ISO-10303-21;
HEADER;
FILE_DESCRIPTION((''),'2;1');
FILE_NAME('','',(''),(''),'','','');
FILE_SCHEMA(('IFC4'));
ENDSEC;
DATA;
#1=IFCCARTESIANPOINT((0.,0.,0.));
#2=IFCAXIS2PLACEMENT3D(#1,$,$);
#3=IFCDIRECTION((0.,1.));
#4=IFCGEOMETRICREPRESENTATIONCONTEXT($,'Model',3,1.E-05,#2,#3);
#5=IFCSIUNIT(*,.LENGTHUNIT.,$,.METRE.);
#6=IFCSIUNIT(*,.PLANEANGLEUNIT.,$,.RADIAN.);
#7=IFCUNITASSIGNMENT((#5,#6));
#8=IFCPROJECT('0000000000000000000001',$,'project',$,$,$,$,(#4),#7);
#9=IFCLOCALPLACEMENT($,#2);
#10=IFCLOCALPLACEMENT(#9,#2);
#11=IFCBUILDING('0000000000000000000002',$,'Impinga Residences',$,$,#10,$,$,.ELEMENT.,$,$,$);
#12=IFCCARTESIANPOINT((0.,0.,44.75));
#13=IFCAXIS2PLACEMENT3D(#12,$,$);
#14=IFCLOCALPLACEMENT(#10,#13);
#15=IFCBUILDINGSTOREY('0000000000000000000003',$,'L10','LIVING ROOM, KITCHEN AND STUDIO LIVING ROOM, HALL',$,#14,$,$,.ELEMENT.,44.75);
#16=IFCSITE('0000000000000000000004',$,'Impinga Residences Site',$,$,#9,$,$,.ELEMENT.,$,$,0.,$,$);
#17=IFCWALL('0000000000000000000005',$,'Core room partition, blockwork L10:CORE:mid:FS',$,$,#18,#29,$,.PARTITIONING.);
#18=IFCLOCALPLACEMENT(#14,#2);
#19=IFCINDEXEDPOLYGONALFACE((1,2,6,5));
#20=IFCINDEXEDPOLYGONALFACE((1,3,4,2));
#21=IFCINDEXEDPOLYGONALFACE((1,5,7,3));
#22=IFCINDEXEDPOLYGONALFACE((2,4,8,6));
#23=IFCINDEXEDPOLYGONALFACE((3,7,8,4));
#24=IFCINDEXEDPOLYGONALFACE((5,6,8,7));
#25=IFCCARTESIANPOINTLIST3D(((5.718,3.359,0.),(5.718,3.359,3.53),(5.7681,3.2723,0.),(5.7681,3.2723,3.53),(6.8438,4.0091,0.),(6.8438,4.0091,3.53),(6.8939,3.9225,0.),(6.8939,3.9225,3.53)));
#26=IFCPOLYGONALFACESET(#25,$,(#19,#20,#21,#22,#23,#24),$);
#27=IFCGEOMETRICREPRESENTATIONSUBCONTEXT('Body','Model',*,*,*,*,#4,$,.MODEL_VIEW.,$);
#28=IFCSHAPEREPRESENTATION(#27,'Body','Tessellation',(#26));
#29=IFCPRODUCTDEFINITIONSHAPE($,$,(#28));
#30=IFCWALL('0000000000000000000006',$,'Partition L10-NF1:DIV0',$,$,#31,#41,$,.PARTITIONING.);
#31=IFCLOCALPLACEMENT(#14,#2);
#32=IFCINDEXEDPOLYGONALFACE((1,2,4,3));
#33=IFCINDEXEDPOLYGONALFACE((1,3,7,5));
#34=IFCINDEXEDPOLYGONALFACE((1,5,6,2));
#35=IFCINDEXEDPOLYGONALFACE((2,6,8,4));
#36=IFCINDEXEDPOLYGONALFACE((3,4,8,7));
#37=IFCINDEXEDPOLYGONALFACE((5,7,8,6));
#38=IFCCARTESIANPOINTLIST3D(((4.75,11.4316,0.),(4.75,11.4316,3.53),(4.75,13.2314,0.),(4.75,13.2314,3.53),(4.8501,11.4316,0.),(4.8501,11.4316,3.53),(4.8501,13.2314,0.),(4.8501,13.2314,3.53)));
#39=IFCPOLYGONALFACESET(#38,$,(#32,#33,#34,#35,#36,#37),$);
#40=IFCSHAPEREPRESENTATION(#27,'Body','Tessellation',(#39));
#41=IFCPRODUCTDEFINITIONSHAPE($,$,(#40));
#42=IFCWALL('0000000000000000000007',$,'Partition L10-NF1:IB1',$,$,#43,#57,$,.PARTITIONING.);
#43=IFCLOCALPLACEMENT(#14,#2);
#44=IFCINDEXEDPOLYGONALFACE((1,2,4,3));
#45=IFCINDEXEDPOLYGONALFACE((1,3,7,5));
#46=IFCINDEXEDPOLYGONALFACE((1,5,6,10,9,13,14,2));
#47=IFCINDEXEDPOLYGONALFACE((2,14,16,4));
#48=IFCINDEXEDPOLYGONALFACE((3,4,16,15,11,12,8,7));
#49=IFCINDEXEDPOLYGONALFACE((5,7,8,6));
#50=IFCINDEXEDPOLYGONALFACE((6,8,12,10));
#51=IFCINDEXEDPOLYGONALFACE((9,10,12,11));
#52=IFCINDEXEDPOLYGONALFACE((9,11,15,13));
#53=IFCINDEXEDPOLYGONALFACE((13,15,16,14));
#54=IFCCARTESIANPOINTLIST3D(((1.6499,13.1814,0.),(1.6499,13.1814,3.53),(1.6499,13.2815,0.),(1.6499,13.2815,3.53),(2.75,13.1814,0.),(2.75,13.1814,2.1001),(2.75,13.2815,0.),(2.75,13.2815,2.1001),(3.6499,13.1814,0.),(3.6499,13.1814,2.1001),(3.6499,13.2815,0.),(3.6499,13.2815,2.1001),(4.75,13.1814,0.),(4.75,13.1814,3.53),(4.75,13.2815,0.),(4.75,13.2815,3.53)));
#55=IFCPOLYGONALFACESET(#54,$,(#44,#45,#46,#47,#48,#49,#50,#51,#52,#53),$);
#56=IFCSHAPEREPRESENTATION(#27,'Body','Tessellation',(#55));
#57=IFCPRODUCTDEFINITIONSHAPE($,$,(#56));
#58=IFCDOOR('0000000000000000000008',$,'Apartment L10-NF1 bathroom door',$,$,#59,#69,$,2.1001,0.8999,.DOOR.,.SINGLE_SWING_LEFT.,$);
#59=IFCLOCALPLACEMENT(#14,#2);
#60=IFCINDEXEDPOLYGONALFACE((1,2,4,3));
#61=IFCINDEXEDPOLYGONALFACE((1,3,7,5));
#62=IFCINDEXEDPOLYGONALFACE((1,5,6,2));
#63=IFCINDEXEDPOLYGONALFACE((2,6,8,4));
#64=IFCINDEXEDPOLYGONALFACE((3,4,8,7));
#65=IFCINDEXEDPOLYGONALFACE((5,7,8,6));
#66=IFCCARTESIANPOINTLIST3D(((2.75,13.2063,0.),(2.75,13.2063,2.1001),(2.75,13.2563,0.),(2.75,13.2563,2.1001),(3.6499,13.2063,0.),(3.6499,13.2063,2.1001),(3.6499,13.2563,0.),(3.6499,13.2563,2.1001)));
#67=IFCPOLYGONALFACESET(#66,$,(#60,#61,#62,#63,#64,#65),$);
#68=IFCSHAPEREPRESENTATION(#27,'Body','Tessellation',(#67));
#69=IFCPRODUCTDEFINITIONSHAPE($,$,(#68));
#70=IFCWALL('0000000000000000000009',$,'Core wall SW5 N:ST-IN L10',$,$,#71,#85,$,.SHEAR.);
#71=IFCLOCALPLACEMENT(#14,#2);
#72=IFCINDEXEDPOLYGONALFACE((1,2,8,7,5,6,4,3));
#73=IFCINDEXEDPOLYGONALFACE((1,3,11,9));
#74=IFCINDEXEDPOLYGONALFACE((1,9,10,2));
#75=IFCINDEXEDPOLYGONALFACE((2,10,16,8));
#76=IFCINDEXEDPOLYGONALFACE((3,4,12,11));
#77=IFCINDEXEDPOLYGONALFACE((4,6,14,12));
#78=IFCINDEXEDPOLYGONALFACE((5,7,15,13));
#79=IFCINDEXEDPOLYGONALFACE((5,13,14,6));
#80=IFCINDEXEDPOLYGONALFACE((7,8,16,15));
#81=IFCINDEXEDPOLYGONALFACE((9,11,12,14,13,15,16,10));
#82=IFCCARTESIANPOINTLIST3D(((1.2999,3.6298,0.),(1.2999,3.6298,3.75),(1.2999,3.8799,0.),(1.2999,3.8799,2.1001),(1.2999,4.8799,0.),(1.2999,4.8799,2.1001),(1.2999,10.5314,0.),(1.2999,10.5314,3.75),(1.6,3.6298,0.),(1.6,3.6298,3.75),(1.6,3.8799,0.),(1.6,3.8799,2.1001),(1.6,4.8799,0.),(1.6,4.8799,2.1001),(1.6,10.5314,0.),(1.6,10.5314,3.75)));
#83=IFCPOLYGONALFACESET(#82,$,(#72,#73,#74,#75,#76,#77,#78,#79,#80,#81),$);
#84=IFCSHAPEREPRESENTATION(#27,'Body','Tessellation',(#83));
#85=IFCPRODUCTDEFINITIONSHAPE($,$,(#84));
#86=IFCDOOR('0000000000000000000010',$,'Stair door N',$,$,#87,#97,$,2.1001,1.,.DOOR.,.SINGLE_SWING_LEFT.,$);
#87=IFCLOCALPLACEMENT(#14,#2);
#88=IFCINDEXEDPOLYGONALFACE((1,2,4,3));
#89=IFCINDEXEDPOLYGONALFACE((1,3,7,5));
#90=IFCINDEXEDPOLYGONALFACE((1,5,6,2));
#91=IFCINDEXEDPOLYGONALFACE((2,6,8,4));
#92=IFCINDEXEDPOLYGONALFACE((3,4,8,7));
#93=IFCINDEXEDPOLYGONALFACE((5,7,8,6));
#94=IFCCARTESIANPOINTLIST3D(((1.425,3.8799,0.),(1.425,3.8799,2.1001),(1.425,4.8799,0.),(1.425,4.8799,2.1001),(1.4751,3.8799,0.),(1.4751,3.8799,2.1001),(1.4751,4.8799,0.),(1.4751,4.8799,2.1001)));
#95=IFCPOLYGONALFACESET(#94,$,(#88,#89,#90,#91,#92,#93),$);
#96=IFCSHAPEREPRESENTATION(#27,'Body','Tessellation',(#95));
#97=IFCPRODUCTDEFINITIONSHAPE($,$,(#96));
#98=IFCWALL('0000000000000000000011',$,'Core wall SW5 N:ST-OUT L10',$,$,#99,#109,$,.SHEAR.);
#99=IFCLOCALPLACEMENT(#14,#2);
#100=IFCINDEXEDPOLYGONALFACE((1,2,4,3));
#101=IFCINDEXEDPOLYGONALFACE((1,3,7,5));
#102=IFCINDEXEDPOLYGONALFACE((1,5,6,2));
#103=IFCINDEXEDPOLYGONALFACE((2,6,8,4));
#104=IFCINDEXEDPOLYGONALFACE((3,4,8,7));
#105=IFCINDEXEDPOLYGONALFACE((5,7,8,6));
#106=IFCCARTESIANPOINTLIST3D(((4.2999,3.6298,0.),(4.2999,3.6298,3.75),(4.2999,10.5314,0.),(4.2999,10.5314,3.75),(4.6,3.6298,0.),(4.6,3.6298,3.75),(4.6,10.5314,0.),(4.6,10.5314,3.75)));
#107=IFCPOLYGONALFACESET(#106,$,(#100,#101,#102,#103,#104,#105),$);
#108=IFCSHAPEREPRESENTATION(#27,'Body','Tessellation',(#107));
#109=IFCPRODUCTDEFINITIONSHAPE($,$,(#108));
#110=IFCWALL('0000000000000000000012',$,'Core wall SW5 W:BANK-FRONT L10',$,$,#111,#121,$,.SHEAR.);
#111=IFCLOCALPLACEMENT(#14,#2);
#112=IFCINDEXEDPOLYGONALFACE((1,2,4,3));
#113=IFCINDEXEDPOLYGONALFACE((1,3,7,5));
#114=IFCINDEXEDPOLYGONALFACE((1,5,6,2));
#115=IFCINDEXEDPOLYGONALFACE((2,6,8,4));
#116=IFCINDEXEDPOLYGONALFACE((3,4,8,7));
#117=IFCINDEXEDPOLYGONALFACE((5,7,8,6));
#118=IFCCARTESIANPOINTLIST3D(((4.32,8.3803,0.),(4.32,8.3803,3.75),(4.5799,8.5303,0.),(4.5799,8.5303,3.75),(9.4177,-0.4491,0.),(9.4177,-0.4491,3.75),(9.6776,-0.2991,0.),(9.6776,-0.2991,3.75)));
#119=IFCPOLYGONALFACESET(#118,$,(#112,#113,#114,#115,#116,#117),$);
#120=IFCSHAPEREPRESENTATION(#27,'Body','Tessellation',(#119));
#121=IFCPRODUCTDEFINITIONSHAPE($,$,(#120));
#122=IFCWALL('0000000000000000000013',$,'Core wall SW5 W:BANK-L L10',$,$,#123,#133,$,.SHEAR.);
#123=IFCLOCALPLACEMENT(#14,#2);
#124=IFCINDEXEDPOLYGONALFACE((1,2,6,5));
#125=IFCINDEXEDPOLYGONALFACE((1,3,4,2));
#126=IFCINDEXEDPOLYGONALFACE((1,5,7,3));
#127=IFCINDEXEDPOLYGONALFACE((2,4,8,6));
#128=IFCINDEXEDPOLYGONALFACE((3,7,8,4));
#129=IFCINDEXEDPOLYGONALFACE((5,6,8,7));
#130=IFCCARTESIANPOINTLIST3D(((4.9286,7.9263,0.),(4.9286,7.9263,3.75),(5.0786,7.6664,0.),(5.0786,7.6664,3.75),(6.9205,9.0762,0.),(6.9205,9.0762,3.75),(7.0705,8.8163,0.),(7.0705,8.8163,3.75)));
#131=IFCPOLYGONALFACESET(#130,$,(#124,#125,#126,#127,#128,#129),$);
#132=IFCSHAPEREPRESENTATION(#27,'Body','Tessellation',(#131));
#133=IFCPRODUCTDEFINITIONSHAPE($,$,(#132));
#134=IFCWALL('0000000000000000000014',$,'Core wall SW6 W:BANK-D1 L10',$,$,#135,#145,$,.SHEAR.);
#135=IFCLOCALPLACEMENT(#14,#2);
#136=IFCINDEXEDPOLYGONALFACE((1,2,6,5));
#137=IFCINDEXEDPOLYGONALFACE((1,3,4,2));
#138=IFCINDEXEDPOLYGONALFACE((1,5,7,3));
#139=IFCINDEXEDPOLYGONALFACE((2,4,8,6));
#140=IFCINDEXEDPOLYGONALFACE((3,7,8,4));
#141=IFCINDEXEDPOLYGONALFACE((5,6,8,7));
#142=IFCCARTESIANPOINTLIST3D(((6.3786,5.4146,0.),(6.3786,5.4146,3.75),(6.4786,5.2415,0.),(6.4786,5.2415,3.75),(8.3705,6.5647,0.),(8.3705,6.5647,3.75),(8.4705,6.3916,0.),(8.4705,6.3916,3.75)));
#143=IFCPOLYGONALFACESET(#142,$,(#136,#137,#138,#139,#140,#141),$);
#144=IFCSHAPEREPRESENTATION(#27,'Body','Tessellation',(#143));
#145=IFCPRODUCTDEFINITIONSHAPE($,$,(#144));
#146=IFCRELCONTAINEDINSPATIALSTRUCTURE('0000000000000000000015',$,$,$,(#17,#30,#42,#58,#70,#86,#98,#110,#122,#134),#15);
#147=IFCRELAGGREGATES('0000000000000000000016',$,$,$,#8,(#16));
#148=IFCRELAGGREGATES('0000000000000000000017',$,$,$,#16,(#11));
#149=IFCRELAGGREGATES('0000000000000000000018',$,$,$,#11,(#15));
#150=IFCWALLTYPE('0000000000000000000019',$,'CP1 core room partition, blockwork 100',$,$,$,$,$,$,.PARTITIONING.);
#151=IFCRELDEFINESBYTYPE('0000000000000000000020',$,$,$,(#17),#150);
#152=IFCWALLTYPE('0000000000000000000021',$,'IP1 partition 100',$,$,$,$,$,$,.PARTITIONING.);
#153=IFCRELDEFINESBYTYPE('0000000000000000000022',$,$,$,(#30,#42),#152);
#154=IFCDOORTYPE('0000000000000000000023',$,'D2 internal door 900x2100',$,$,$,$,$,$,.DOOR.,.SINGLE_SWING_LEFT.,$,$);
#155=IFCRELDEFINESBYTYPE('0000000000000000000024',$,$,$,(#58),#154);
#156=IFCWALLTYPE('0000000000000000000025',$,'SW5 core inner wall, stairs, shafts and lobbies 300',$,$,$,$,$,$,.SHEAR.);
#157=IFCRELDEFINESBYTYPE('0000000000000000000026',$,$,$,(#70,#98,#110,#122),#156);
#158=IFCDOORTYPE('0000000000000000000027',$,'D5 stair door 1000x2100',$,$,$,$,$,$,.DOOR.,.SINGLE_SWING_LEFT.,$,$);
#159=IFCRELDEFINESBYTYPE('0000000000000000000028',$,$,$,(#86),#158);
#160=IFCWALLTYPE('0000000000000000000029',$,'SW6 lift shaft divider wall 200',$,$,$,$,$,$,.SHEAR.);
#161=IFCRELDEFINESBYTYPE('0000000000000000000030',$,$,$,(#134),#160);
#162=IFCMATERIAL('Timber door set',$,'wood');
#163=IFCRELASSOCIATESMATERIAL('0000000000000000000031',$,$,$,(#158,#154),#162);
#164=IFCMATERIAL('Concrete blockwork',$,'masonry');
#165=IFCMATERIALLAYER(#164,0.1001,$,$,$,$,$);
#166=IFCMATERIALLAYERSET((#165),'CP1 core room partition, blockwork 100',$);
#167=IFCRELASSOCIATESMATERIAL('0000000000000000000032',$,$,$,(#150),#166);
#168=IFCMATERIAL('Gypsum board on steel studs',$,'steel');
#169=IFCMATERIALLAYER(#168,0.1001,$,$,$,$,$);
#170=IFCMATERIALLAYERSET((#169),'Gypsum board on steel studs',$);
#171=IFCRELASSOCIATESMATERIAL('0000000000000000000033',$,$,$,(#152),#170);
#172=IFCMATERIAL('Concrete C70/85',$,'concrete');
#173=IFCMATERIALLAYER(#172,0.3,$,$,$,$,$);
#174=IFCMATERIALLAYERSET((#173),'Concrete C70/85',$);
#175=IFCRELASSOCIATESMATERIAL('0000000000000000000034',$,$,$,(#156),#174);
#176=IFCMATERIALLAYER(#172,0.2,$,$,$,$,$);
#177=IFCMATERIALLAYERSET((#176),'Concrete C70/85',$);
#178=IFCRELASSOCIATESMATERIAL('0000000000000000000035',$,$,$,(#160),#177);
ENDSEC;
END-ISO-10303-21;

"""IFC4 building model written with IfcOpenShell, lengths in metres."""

from ifc_helpers import new_model, si_unit, direction, frame, frame_2d, origin, place, context, subcontext, project, spatial, rectangle, extrude, material, layer, layer_set, type_object, element, fill, save


model = new_model("IFC4")

# Units and contexts
model_context = context("Model", 3, precision=1e-05, world=origin(), true_north=direction((0.0, 1.0)))
body_context = subcontext(model_context, "Body", "Model", "MODEL_VIEW")
ifc_project = project(units=[si_unit("LENGTHUNIT", "METRE"), si_unit("PLANEANGLEUNIT", "RADIAN")], contexts=[model_context])

# Site, building, storey
site_placement = place(None, origin())
site = spatial("IfcSite", under=ifc_project, at=site_placement, Name="Impinga Residences Site", CompositionType="ELEMENT", RefElevation=0.0)
building_placement = place(site_placement, origin())
building = spatial("IfcBuilding", under=site, at=building_placement, Name="Impinga Residences", CompositionType="ELEMENT")
storey_placement = place(building_placement, frame((0.0, 0.0, 44.75)))
storey = spatial("IfcBuildingStorey", under=building, at=storey_placement, Name="L10", Description="LIVING ROOM, KITCHEN AND STUDIO LIVING ROOM, HALL", CompositionType="ELEMENT", Elevation=44.75)

# Shared definitions
ifc_material_1 = material(Name="Concrete C70/85", Category="concrete")
ifc_material_2 = material(Name="Timber door set", Category="wood")
door_type_1 = type_object("IfcDoorType", Name="D5 stair door 1000x2100", OperationType="SINGLE_SWING_LEFT", PredefinedType="DOOR", material=ifc_material_2)
ifc_material_3 = material(Name="Concrete blockwork", Category="masonry")
ifc_layer_1 = layer(ifc_material_3, 0.1001)
ifc_layer_set_1 = layer_set([ifc_layer_1], Name="CP1 core room partition, blockwork 100")
wall_type_1 = type_object("IfcWallType", Name="CP1 core room partition, blockwork 100", PredefinedType="PARTITIONING", material=ifc_layer_set_1)

# Walls
wall_1_placement = place(storey_placement, frame((5.7432, 3.3157, 0.0), z_axis=(0.0, 0.0, 1.0), x_axis=(0.865957, 0.500118, 0.0)))
element("IfcWall", 1, at=wall_1_placement, inside=storey, type_object=wall_type_1, Name="Core room partition, blockwork L10:CORE:mid:FS", PredefinedType="PARTITIONING", context=body_context, shape_type="SweptSolid", body=[
    extrude(rectangle(XDim=1.3, YDim=0.1001, at=frame_2d((0.6499, 0.0))), origin(), (0.0, 0.0, 1.0), 3.53),
])
ifc_material_4 = material(Name="Gypsum board on steel studs", Category="steel")
ifc_layer_2 = layer(ifc_material_4, 0.1001)
ifc_layer_set_2 = layer_set([ifc_layer_2], Name="Gypsum board on steel studs")
wall_type_2 = type_object("IfcWallType", Name="IP1 partition 100", PredefinedType="PARTITIONING", material=ifc_layer_set_2)
wall_2_placement = place(storey_placement, frame((4.8, 11.4316, 0.0), z_axis=(0.0, 0.0, 1.0), x_axis=(0.0, 1.0, 0.0)))
element("IfcWall", 2, at=wall_2_placement, inside=storey, type_object=wall_type_2, Name="Partition L10-NF1:DIV0", PredefinedType="PARTITIONING", context=body_context, shape_type="SweptSolid", body=[
    extrude(rectangle(XDim=1.7998, YDim=0.1001, at=frame_2d((0.8999, 0.0))), origin(), (0.0, 0.0, 1.0), 3.53),
])

# Walls, openings, doors
wall_3_placement = place(storey_placement, frame((1.6499, 13.2314, 0.0), z_axis=(0.0, 0.0, 1.0), x_axis=(1.0, 0.0, 0.0)))
wall_3 = element("IfcWall", 3, at=wall_3_placement, inside=storey, type_object=wall_type_2, Name="Partition L10-NF1:IB1", PredefinedType="PARTITIONING", context=body_context, shape_type="SweptSolid", body=[
    extrude(rectangle(XDim=3.1001, YDim=0.1001, at=frame_2d((1.55, 0.0))), origin(), (0.0, 0.0, 1.0), 3.53),
])
opening_1_placement = place(wall_3_placement, frame((1.1001, 0.0, 0.0)))
opening_1 = element("IfcOpeningElement", 4, at=opening_1_placement, cuts=wall_3, PredefinedType="OPENING", context=body_context, shape_type="SweptSolid", body=[
    extrude(rectangle(XDim=0.8999, YDim=2.1001, at=frame_2d((0.45, 1.05))), frame((0.0, 0.0601, 0.0), z_axis=(0.0, -1.0, 0.0), x_axis=(1.0, 0.0, 0.0)), (0.0, 0.0, 1.0), 0.1201),
])
door_type_2 = type_object("IfcDoorType", Name="D2 internal door 900x2100", OperationType="SINGLE_SWING_LEFT", PredefinedType="DOOR", material=ifc_material_2)
door_1_placement = place(opening_1_placement, origin())
door_1 = element("IfcDoor", 5, at=door_1_placement, inside=storey, type_object=door_type_2, Name="Apartment L10-NF1 bathroom door", OperationType="SINGLE_SWING_LEFT", OverallHeight=2.1001, OverallWidth=0.8999, PredefinedType="DOOR", context=body_context, shape_type="SweptSolid", body=[
    extrude(rectangle(XDim=0.8999, YDim=2.1001, at=frame_2d((0.45, 1.05))), frame((0.0, 0.0249, 0.0), z_axis=(0.0, -1.0, 0.0), x_axis=(1.0, 0.0, 0.0)), (0.0, 0.0, 1.0), 0.05),
])
fill(opening_1, door_1)
ifc_layer_3 = layer(ifc_material_1, 0.3)
ifc_layer_set_3 = layer_set([ifc_layer_3], Name="Concrete C70/85")
wall_type_3 = type_object("IfcWallType", Name="SW5 core inner wall, stairs, shafts and lobbies 300", PredefinedType="SHEAR", material=ifc_layer_set_3)
wall_4_placement = place(storey_placement, frame((1.45, 3.6299, 0.0), z_axis=(0.0, 0.0, 1.0), x_axis=(0.0, 1.0, 0.0)))
wall_4 = element("IfcWall", 6, at=wall_4_placement, inside=storey, type_object=wall_type_3, Name="Core wall SW5 N:ST-IN L10", PredefinedType="SHEAR", context=body_context, shape_type="SweptSolid", body=[
    extrude(rectangle(XDim=6.9016, YDim=0.3, at=frame_2d((3.4507, 0.0))), origin(), (0.0, 0.0, 1.0), 3.75),
])
opening_2_placement = place(wall_4_placement, frame((0.25, 0.0, 0.0)))
opening_2 = element("IfcOpeningElement", 7, at=opening_2_placement, cuts=wall_4, PredefinedType="OPENING", context=body_context, shape_type="SweptSolid", body=[
    extrude(rectangle(XDim=1.0, YDim=2.1001, at=frame_2d((0.5, 1.05))), frame((0.0, 0.1599, 0.0), z_axis=(0.0, -1.0, 0.0), x_axis=(1.0, 0.0, 0.0)), (0.0, 0.0, 1.0), 0.3201),
])
door_2_placement = place(opening_2_placement, origin())
door_2 = element("IfcDoor", 8, at=door_2_placement, inside=storey, type_object=door_type_1, Name="Stair door N", OperationType="SINGLE_SWING_LEFT", OverallHeight=2.1001, OverallWidth=1.0, PredefinedType="DOOR", context=body_context, shape_type="SweptSolid", body=[
    extrude(rectangle(XDim=1.0, YDim=2.1001, at=frame_2d((0.5, 1.05))), frame((0.0, 0.0249, 0.0), z_axis=(0.0, -1.0, 0.0), x_axis=(1.0, 0.0, 0.0)), (0.0, 0.0, 1.0), 0.05),
])
fill(opening_2, door_2)

# Walls
wall_5_placement = place(storey_placement, frame((4.45, 3.6299, 0.0), z_axis=(0.0, 0.0, 1.0), x_axis=(0.0, 1.0, 0.0)))
element("IfcWall", 9, at=wall_5_placement, inside=storey, type_object=wall_type_3, Name="Core wall SW5 N:ST-OUT L10", PredefinedType="SHEAR", context=body_context, shape_type="SweptSolid", body=[
    extrude(rectangle(XDim=6.9016, YDim=0.3, at=frame_2d((3.4507, 0.0))), origin(), (0.0, 0.0, 1.0), 3.75),
])
wall_6_placement = place(storey_placement, frame((4.45, 8.4553, 0.0), z_axis=(0.0, 0.0, 1.0), x_axis=(0.500002, -0.866024, 0.0)))
element("IfcWall", 10, at=wall_6_placement, inside=storey, type_object=wall_type_3, Name="Core wall SW5 W:BANK-FRONT L10", PredefinedType="SHEAR", context=body_context, shape_type="SweptSolid", body=[
    extrude(rectangle(XDim=10.1953, YDim=0.3, at=frame_2d((5.0977, 0.0))), origin(), (0.0, 0.0, 1.0), 3.75),
])
wall_7_placement = place(storey_placement, frame((5.0037, 7.7964, 0.0), z_axis=(0.0, 0.0, 1.0), x_axis=(0.866053, 0.499952, 0.0)))
element("IfcWall", 11, at=wall_7_placement, inside=storey, type_object=wall_type_3, Name="Core wall SW5 W:BANK-L L10", PredefinedType="SHEAR", context=body_context, shape_type="SweptSolid", body=[
    extrude(rectangle(XDim=2.3, YDim=0.3, at=frame_2d((1.1499, 0.0))), origin(), (0.0, 0.0, 1.0), 3.75),
])
ifc_layer_4 = layer(ifc_material_1, 0.2)
ifc_layer_set_4 = layer_set([ifc_layer_4], Name="Concrete C70/85")
wall_type_4 = type_object("IfcWallType", Name="SW6 lift shaft divider wall 200", PredefinedType="SHEAR", material=ifc_layer_set_4)
wall_8_placement = place(storey_placement, frame((6.4287, 5.3281, 0.0), z_axis=(0.0, 0.0, 1.0), x_axis=(0.866007, 0.500032, 0.0)))
element("IfcWall", 12, at=wall_8_placement, inside=storey, type_object=wall_type_4, Name="Core wall SW6 W:BANK-D1 L10", PredefinedType="SHEAR", context=body_context, shape_type="SweptSolid", body=[
    extrude(rectangle(XDim=2.3, YDim=0.2, at=frame_2d((1.1499, 0.0))), origin(), (0.0, 0.0, 1.0), 3.75),
])

save(model, "model.ifc")
